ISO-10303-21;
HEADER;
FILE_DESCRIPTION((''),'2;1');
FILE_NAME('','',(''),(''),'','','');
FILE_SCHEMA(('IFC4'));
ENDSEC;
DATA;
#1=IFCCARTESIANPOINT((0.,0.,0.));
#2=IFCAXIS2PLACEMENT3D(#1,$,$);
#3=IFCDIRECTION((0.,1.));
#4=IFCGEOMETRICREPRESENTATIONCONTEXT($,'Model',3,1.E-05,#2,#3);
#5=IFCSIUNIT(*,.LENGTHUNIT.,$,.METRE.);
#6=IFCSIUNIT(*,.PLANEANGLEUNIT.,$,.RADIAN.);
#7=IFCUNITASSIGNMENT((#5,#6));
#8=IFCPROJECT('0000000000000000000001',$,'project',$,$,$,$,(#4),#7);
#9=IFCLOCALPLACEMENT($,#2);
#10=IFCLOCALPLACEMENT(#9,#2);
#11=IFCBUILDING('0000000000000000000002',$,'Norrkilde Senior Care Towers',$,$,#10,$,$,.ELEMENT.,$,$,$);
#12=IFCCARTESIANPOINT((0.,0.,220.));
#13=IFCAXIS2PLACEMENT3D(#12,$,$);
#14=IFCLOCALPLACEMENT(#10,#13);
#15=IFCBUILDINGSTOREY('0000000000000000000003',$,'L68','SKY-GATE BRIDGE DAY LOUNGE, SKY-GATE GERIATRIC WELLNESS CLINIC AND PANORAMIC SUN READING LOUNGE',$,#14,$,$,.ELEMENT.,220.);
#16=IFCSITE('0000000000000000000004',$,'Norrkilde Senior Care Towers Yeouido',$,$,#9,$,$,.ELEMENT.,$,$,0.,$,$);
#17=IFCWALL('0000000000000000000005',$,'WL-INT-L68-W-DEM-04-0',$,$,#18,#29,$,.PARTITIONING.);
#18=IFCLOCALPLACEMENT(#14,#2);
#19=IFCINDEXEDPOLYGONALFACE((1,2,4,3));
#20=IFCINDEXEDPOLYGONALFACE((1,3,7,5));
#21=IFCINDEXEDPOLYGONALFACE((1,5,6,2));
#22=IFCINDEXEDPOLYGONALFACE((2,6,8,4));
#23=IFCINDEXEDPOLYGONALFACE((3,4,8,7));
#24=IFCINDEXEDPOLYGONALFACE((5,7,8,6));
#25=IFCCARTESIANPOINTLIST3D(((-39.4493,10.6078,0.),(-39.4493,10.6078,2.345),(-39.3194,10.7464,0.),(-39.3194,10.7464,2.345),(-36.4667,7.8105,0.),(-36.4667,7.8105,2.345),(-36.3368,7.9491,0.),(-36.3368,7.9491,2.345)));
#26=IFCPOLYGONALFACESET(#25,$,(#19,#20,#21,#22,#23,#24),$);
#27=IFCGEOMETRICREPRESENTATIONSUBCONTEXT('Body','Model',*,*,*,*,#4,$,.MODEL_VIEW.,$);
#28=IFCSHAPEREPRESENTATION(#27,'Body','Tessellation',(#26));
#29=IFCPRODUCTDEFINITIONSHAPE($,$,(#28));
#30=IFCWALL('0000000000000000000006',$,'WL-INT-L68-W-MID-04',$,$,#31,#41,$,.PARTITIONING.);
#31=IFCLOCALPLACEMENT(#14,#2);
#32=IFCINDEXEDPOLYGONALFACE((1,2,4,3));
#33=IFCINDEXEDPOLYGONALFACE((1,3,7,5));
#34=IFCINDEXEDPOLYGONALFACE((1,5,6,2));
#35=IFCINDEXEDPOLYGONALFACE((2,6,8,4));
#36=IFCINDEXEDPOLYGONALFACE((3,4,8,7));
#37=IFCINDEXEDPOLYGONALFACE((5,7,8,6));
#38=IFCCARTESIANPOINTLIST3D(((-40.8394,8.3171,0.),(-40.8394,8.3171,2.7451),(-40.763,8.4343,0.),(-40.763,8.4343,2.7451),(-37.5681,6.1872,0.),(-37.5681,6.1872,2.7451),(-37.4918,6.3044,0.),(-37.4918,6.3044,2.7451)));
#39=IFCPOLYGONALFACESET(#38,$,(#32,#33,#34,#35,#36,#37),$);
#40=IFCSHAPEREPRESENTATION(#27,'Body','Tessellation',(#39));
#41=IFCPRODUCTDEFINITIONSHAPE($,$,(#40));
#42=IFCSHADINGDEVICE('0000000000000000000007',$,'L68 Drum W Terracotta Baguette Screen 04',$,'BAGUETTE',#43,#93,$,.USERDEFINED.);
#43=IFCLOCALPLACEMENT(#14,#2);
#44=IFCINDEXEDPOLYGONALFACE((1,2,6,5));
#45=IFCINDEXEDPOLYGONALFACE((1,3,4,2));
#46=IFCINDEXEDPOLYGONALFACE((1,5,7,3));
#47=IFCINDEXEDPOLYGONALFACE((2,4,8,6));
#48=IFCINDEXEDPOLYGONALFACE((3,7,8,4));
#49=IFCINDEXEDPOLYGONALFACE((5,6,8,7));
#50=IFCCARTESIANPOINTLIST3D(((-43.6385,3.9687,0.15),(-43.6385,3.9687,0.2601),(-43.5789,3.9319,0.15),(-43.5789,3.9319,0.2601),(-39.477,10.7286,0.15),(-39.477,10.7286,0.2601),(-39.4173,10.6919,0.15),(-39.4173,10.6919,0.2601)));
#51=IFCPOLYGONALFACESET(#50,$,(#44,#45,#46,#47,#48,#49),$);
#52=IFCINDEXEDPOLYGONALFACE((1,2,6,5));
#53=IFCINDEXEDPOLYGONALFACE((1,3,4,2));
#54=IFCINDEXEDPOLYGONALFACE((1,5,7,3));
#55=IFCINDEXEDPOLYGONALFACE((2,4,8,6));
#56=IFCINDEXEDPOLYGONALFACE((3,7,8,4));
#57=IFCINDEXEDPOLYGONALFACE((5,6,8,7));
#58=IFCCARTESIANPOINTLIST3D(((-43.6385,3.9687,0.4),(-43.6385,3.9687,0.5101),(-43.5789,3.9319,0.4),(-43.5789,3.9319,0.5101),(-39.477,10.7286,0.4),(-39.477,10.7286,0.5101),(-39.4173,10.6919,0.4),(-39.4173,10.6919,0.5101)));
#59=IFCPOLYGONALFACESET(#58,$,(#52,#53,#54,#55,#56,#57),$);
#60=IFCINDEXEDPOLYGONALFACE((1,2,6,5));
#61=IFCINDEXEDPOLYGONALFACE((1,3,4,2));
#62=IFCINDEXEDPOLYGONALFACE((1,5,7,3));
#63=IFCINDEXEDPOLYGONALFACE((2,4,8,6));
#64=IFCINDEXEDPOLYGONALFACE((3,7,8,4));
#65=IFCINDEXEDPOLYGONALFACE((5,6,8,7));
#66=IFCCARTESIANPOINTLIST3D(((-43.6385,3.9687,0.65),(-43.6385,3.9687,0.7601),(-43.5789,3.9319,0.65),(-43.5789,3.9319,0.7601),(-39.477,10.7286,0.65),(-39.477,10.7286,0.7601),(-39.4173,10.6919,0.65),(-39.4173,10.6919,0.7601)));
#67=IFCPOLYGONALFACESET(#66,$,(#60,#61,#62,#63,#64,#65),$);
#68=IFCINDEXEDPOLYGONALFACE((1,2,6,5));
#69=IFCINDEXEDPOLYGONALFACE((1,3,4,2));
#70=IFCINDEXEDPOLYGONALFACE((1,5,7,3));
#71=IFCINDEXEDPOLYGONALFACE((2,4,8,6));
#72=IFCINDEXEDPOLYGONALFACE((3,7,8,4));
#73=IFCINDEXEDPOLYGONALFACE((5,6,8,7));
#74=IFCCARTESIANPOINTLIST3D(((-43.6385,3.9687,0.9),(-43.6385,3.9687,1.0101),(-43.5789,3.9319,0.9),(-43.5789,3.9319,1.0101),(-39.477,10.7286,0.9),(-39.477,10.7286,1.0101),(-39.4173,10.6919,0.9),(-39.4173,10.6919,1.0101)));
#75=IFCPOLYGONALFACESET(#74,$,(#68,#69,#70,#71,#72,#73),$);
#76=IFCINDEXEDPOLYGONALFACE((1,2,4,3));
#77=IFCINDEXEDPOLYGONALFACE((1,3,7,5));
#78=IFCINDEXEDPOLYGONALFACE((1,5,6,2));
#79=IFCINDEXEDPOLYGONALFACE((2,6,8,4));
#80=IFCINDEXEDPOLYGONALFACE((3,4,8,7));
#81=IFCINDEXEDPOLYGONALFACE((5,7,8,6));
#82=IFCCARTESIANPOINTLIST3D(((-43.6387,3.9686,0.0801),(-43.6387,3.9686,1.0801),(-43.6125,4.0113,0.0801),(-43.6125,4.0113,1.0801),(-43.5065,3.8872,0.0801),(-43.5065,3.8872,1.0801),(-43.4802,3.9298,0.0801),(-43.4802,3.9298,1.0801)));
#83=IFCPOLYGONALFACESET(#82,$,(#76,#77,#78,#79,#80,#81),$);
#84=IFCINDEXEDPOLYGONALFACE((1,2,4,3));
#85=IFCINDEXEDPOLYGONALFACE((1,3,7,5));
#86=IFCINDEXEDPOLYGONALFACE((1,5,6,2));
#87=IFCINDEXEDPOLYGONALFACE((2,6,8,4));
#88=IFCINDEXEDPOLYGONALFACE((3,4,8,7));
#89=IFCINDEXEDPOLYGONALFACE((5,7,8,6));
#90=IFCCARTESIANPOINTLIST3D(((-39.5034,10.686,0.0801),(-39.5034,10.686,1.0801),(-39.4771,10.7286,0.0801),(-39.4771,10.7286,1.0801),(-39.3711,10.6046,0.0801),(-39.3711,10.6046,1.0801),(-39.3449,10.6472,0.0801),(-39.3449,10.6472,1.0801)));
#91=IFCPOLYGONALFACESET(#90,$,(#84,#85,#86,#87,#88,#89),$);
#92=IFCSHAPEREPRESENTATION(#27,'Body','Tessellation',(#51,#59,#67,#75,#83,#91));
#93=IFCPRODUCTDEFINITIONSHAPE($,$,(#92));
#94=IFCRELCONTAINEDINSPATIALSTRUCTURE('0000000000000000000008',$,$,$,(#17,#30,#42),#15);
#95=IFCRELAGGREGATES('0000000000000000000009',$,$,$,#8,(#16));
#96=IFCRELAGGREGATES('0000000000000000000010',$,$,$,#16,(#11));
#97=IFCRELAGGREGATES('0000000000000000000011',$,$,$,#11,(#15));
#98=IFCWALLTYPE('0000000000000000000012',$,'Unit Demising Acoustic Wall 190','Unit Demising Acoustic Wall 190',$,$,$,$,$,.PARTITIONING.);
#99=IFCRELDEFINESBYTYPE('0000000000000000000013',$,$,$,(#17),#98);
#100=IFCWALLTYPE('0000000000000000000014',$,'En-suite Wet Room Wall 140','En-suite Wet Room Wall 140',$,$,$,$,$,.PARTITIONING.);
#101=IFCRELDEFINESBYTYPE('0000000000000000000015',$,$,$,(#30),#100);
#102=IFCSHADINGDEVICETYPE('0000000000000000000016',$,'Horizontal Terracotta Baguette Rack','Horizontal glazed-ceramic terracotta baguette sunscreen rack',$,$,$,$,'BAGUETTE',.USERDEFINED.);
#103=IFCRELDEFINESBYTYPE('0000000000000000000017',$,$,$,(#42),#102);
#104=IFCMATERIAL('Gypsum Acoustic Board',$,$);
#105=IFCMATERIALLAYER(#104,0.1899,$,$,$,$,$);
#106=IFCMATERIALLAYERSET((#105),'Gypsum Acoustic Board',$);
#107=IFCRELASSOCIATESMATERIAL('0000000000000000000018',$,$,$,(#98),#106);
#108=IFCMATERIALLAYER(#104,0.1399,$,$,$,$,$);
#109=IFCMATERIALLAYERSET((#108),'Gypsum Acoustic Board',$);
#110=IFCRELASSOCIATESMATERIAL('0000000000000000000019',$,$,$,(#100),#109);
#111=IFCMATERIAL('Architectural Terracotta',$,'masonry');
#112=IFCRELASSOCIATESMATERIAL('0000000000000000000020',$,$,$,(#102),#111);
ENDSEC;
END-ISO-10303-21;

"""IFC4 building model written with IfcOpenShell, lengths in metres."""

from ifc_helpers import new_model, si_unit, direction, frame, frame_2d, origin, origin_2d, place, context, subcontext, project, spatial, rectangle, extrude, source, transform, mapped, material, layer, layer_set, type_object, type_shapes, element, save


model = new_model("IFC4")

# Units and contexts
model_context = context("Model", 3, precision=1e-05, world=origin(), true_north=direction((0.0, 1.0)))
body_context = subcontext(model_context, "Body", "Model", "MODEL_VIEW")
ifc_project = project(units=[si_unit("LENGTHUNIT", "METRE"), si_unit("PLANEANGLEUNIT", "RADIAN")], contexts=[model_context])

# Site, building, storey
site_placement = place(None, origin())
site = spatial("IfcSite", under=ifc_project, at=site_placement, Name="Norrkilde Senior Care Towers Yeouido", CompositionType="ELEMENT", RefElevation=0.0)
building_placement = place(site_placement, origin())
building = spatial("IfcBuilding", under=site, at=building_placement, Name="Norrkilde Senior Care Towers", CompositionType="ELEMENT")
storey_placement = place(building_placement, frame((0.0, 0.0, 220.0)))
storey = spatial("IfcBuildingStorey", under=building, at=storey_placement, Name="L68", Description="SKY-GATE BRIDGE DAY LOUNGE, SKY-GATE GERIATRIC WELLNESS CLINIC AND PANORAMIC SUN READING LOUNGE", CompositionType="ELEMENT", Elevation=220.0)

# Shared definitions
ifc_material_1 = material(Name="Gypsum Acoustic Board")

# Walls
ifc_layer_1 = layer(ifc_material_1, 0.1899)
ifc_layer_set_1 = layer_set([ifc_layer_1], Name="Gypsum Acoustic Board")
wall_type_1 = type_object("IfcWallType", Name="Unit Demising Acoustic Wall 190", Description="Unit Demising Acoustic Wall 190", PredefinedType="PARTITIONING", material=ifc_layer_set_1)
shared_shape_1 = source(origin(), body_context, "Body", "SweptSolid", [
    extrude(rectangle(XDim=4.0891, YDim=0.1899, at=frame_2d((2.0444, 0.0))), origin(), (0.0, 0.0, 1.0), 2.345),
])
type_shapes(wall_type_1, [shared_shape_1])
wall_1_placement = place(storey_placement, frame((-36.4019, 7.8799, 0.0), z_axis=(0.0, 0.0, 1.0), x_axis=(-0.729401, 0.684086, 0.0)))
element("IfcWall", 1, at=wall_1_placement, inside=storey, type_object=wall_type_1, Name="WL-INT-L68-W-DEM-04-0", PredefinedType="PARTITIONING", context=body_context, shape_type="MappedRepresentation", body=[
    mapped(shared_shape_1, transform((0.0, 0.0, 0.0), x_axis=(1.0, 0.0, 0.0), y_axis=(0.0, 1.0, 0.0), z_axis=(0.0, 0.0, 1.0), scale=1.0)),
])
ifc_layer_2 = layer(ifc_material_1, 0.1399)
ifc_layer_set_2 = layer_set([ifc_layer_2], Name="Gypsum Acoustic Board")
wall_type_2 = type_object("IfcWallType", Name="En-suite Wet Room Wall 140", Description="En-suite Wet Room Wall 140", PredefinedType="PARTITIONING", material=ifc_layer_set_2)
shared_shape_2 = source(origin(), body_context, "Body", "SweptSolid", [
    extrude(rectangle(XDim=3.9036, YDim=0.1399, at=frame_2d((1.9517, 0.0))), origin(), (0.0, 0.0, 1.0), 2.7451),
])
type_shapes(wall_type_2, [shared_shape_2])
wall_2_placement = place(storey_placement, frame((-37.53, 6.2458, 0.0), z_axis=(0.0, 0.0, 1.0), x_axis=(-0.838025, 0.545632, 0.0)))
element("IfcWall", 2, at=wall_2_placement, inside=storey, type_object=wall_type_2, Name="WL-INT-L68-W-MID-04", PredefinedType="PARTITIONING", context=body_context, shape_type="MappedRepresentation", body=[
    mapped(shared_shape_2, transform((0.0, 0.0, 0.0), x_axis=(1.0, 0.0, 0.0), y_axis=(0.0, 1.0, 0.0), z_axis=(0.0, 0.0, 1.0), scale=1.0)),
])

# Shading device
ifc_material_2 = material(Name="Architectural Terracotta", Category="masonry")
shading_device_type = type_object("IfcShadingDeviceType", Name="Horizontal Terracotta Baguette Rack", Description="Horizontal glazed-ceramic terracotta baguette sunscreen rack", ElementType="BAGUETTE", PredefinedType="USERDEFINED", material=ifc_material_2)
shared_shape_3 = source(origin(), body_context, "Body", "SweptSolid", [
    extrude(rectangle(XDim=0.0701, YDim=0.1101, at=origin_2d()), frame((0.0, 0.0901, 0.125), z_axis=(1.0, 0.0, 0.0), x_axis=(0.0, 1.0, 0.0)), (0.0, 0.0, 1.0), 7.9382),
    extrude(rectangle(XDim=0.0701, YDim=0.1101, at=origin_2d()), frame((0.0, 0.0901, 0.375), z_axis=(1.0, 0.0, 0.0), x_axis=(0.0, 1.0, 0.0)), (0.0, 0.0, 1.0), 7.9382),
    extrude(rectangle(XDim=0.0701, YDim=0.1101, at=origin_2d()), frame((0.0, 0.0901, 0.625), z_axis=(1.0, 0.0, 0.0), x_axis=(0.0, 1.0, 0.0)), (0.0, 0.0, 1.0), 7.9382),
    extrude(rectangle(XDim=0.0701, YDim=0.1101, at=origin_2d()), frame((0.0, 0.0901, 0.875), z_axis=(1.0, 0.0, 0.0), x_axis=(0.0, 1.0, 0.0)), (0.0, 0.0, 1.0), 7.9382),
    extrude(rectangle(XDim=0.05, YDim=0.1553, at=origin_2d()), frame((0.0249, 0.0476, 0.0)), (0.0, 0.0, 1.0), 1.0),
    extrude(rectangle(XDim=0.05, YDim=0.1553, at=origin_2d()), frame((7.9131, 0.0476, 0.0)), (0.0, 0.0, 1.0), 1.0),
])
type_shapes(shading_device_type, [shared_shape_3])
shading_device_placement = place(storey_placement, frame((-43.532, 3.9031, 0.0801), z_axis=(0.0, 0.0, 1.0), x_axis=(0.52425, 0.851576, 0.0)))
element("IfcShadingDevice", 3, at=shading_device_placement, inside=storey, type_object=shading_device_type, Name="L68 Drum W Terracotta Baguette Screen 04", ObjectType="BAGUETTE", PredefinedType="USERDEFINED", context=body_context, shape_type="MappedRepresentation", body=[
    mapped(shared_shape_3, transform((0.0, 0.0, 0.0), x_axis=(1.0, 0.0, 0.0), y_axis=(0.0, 1.0, 0.0), z_axis=(0.0, 0.0, 1.0), scale=1.0)),
])

save(model, "model.ifc")
